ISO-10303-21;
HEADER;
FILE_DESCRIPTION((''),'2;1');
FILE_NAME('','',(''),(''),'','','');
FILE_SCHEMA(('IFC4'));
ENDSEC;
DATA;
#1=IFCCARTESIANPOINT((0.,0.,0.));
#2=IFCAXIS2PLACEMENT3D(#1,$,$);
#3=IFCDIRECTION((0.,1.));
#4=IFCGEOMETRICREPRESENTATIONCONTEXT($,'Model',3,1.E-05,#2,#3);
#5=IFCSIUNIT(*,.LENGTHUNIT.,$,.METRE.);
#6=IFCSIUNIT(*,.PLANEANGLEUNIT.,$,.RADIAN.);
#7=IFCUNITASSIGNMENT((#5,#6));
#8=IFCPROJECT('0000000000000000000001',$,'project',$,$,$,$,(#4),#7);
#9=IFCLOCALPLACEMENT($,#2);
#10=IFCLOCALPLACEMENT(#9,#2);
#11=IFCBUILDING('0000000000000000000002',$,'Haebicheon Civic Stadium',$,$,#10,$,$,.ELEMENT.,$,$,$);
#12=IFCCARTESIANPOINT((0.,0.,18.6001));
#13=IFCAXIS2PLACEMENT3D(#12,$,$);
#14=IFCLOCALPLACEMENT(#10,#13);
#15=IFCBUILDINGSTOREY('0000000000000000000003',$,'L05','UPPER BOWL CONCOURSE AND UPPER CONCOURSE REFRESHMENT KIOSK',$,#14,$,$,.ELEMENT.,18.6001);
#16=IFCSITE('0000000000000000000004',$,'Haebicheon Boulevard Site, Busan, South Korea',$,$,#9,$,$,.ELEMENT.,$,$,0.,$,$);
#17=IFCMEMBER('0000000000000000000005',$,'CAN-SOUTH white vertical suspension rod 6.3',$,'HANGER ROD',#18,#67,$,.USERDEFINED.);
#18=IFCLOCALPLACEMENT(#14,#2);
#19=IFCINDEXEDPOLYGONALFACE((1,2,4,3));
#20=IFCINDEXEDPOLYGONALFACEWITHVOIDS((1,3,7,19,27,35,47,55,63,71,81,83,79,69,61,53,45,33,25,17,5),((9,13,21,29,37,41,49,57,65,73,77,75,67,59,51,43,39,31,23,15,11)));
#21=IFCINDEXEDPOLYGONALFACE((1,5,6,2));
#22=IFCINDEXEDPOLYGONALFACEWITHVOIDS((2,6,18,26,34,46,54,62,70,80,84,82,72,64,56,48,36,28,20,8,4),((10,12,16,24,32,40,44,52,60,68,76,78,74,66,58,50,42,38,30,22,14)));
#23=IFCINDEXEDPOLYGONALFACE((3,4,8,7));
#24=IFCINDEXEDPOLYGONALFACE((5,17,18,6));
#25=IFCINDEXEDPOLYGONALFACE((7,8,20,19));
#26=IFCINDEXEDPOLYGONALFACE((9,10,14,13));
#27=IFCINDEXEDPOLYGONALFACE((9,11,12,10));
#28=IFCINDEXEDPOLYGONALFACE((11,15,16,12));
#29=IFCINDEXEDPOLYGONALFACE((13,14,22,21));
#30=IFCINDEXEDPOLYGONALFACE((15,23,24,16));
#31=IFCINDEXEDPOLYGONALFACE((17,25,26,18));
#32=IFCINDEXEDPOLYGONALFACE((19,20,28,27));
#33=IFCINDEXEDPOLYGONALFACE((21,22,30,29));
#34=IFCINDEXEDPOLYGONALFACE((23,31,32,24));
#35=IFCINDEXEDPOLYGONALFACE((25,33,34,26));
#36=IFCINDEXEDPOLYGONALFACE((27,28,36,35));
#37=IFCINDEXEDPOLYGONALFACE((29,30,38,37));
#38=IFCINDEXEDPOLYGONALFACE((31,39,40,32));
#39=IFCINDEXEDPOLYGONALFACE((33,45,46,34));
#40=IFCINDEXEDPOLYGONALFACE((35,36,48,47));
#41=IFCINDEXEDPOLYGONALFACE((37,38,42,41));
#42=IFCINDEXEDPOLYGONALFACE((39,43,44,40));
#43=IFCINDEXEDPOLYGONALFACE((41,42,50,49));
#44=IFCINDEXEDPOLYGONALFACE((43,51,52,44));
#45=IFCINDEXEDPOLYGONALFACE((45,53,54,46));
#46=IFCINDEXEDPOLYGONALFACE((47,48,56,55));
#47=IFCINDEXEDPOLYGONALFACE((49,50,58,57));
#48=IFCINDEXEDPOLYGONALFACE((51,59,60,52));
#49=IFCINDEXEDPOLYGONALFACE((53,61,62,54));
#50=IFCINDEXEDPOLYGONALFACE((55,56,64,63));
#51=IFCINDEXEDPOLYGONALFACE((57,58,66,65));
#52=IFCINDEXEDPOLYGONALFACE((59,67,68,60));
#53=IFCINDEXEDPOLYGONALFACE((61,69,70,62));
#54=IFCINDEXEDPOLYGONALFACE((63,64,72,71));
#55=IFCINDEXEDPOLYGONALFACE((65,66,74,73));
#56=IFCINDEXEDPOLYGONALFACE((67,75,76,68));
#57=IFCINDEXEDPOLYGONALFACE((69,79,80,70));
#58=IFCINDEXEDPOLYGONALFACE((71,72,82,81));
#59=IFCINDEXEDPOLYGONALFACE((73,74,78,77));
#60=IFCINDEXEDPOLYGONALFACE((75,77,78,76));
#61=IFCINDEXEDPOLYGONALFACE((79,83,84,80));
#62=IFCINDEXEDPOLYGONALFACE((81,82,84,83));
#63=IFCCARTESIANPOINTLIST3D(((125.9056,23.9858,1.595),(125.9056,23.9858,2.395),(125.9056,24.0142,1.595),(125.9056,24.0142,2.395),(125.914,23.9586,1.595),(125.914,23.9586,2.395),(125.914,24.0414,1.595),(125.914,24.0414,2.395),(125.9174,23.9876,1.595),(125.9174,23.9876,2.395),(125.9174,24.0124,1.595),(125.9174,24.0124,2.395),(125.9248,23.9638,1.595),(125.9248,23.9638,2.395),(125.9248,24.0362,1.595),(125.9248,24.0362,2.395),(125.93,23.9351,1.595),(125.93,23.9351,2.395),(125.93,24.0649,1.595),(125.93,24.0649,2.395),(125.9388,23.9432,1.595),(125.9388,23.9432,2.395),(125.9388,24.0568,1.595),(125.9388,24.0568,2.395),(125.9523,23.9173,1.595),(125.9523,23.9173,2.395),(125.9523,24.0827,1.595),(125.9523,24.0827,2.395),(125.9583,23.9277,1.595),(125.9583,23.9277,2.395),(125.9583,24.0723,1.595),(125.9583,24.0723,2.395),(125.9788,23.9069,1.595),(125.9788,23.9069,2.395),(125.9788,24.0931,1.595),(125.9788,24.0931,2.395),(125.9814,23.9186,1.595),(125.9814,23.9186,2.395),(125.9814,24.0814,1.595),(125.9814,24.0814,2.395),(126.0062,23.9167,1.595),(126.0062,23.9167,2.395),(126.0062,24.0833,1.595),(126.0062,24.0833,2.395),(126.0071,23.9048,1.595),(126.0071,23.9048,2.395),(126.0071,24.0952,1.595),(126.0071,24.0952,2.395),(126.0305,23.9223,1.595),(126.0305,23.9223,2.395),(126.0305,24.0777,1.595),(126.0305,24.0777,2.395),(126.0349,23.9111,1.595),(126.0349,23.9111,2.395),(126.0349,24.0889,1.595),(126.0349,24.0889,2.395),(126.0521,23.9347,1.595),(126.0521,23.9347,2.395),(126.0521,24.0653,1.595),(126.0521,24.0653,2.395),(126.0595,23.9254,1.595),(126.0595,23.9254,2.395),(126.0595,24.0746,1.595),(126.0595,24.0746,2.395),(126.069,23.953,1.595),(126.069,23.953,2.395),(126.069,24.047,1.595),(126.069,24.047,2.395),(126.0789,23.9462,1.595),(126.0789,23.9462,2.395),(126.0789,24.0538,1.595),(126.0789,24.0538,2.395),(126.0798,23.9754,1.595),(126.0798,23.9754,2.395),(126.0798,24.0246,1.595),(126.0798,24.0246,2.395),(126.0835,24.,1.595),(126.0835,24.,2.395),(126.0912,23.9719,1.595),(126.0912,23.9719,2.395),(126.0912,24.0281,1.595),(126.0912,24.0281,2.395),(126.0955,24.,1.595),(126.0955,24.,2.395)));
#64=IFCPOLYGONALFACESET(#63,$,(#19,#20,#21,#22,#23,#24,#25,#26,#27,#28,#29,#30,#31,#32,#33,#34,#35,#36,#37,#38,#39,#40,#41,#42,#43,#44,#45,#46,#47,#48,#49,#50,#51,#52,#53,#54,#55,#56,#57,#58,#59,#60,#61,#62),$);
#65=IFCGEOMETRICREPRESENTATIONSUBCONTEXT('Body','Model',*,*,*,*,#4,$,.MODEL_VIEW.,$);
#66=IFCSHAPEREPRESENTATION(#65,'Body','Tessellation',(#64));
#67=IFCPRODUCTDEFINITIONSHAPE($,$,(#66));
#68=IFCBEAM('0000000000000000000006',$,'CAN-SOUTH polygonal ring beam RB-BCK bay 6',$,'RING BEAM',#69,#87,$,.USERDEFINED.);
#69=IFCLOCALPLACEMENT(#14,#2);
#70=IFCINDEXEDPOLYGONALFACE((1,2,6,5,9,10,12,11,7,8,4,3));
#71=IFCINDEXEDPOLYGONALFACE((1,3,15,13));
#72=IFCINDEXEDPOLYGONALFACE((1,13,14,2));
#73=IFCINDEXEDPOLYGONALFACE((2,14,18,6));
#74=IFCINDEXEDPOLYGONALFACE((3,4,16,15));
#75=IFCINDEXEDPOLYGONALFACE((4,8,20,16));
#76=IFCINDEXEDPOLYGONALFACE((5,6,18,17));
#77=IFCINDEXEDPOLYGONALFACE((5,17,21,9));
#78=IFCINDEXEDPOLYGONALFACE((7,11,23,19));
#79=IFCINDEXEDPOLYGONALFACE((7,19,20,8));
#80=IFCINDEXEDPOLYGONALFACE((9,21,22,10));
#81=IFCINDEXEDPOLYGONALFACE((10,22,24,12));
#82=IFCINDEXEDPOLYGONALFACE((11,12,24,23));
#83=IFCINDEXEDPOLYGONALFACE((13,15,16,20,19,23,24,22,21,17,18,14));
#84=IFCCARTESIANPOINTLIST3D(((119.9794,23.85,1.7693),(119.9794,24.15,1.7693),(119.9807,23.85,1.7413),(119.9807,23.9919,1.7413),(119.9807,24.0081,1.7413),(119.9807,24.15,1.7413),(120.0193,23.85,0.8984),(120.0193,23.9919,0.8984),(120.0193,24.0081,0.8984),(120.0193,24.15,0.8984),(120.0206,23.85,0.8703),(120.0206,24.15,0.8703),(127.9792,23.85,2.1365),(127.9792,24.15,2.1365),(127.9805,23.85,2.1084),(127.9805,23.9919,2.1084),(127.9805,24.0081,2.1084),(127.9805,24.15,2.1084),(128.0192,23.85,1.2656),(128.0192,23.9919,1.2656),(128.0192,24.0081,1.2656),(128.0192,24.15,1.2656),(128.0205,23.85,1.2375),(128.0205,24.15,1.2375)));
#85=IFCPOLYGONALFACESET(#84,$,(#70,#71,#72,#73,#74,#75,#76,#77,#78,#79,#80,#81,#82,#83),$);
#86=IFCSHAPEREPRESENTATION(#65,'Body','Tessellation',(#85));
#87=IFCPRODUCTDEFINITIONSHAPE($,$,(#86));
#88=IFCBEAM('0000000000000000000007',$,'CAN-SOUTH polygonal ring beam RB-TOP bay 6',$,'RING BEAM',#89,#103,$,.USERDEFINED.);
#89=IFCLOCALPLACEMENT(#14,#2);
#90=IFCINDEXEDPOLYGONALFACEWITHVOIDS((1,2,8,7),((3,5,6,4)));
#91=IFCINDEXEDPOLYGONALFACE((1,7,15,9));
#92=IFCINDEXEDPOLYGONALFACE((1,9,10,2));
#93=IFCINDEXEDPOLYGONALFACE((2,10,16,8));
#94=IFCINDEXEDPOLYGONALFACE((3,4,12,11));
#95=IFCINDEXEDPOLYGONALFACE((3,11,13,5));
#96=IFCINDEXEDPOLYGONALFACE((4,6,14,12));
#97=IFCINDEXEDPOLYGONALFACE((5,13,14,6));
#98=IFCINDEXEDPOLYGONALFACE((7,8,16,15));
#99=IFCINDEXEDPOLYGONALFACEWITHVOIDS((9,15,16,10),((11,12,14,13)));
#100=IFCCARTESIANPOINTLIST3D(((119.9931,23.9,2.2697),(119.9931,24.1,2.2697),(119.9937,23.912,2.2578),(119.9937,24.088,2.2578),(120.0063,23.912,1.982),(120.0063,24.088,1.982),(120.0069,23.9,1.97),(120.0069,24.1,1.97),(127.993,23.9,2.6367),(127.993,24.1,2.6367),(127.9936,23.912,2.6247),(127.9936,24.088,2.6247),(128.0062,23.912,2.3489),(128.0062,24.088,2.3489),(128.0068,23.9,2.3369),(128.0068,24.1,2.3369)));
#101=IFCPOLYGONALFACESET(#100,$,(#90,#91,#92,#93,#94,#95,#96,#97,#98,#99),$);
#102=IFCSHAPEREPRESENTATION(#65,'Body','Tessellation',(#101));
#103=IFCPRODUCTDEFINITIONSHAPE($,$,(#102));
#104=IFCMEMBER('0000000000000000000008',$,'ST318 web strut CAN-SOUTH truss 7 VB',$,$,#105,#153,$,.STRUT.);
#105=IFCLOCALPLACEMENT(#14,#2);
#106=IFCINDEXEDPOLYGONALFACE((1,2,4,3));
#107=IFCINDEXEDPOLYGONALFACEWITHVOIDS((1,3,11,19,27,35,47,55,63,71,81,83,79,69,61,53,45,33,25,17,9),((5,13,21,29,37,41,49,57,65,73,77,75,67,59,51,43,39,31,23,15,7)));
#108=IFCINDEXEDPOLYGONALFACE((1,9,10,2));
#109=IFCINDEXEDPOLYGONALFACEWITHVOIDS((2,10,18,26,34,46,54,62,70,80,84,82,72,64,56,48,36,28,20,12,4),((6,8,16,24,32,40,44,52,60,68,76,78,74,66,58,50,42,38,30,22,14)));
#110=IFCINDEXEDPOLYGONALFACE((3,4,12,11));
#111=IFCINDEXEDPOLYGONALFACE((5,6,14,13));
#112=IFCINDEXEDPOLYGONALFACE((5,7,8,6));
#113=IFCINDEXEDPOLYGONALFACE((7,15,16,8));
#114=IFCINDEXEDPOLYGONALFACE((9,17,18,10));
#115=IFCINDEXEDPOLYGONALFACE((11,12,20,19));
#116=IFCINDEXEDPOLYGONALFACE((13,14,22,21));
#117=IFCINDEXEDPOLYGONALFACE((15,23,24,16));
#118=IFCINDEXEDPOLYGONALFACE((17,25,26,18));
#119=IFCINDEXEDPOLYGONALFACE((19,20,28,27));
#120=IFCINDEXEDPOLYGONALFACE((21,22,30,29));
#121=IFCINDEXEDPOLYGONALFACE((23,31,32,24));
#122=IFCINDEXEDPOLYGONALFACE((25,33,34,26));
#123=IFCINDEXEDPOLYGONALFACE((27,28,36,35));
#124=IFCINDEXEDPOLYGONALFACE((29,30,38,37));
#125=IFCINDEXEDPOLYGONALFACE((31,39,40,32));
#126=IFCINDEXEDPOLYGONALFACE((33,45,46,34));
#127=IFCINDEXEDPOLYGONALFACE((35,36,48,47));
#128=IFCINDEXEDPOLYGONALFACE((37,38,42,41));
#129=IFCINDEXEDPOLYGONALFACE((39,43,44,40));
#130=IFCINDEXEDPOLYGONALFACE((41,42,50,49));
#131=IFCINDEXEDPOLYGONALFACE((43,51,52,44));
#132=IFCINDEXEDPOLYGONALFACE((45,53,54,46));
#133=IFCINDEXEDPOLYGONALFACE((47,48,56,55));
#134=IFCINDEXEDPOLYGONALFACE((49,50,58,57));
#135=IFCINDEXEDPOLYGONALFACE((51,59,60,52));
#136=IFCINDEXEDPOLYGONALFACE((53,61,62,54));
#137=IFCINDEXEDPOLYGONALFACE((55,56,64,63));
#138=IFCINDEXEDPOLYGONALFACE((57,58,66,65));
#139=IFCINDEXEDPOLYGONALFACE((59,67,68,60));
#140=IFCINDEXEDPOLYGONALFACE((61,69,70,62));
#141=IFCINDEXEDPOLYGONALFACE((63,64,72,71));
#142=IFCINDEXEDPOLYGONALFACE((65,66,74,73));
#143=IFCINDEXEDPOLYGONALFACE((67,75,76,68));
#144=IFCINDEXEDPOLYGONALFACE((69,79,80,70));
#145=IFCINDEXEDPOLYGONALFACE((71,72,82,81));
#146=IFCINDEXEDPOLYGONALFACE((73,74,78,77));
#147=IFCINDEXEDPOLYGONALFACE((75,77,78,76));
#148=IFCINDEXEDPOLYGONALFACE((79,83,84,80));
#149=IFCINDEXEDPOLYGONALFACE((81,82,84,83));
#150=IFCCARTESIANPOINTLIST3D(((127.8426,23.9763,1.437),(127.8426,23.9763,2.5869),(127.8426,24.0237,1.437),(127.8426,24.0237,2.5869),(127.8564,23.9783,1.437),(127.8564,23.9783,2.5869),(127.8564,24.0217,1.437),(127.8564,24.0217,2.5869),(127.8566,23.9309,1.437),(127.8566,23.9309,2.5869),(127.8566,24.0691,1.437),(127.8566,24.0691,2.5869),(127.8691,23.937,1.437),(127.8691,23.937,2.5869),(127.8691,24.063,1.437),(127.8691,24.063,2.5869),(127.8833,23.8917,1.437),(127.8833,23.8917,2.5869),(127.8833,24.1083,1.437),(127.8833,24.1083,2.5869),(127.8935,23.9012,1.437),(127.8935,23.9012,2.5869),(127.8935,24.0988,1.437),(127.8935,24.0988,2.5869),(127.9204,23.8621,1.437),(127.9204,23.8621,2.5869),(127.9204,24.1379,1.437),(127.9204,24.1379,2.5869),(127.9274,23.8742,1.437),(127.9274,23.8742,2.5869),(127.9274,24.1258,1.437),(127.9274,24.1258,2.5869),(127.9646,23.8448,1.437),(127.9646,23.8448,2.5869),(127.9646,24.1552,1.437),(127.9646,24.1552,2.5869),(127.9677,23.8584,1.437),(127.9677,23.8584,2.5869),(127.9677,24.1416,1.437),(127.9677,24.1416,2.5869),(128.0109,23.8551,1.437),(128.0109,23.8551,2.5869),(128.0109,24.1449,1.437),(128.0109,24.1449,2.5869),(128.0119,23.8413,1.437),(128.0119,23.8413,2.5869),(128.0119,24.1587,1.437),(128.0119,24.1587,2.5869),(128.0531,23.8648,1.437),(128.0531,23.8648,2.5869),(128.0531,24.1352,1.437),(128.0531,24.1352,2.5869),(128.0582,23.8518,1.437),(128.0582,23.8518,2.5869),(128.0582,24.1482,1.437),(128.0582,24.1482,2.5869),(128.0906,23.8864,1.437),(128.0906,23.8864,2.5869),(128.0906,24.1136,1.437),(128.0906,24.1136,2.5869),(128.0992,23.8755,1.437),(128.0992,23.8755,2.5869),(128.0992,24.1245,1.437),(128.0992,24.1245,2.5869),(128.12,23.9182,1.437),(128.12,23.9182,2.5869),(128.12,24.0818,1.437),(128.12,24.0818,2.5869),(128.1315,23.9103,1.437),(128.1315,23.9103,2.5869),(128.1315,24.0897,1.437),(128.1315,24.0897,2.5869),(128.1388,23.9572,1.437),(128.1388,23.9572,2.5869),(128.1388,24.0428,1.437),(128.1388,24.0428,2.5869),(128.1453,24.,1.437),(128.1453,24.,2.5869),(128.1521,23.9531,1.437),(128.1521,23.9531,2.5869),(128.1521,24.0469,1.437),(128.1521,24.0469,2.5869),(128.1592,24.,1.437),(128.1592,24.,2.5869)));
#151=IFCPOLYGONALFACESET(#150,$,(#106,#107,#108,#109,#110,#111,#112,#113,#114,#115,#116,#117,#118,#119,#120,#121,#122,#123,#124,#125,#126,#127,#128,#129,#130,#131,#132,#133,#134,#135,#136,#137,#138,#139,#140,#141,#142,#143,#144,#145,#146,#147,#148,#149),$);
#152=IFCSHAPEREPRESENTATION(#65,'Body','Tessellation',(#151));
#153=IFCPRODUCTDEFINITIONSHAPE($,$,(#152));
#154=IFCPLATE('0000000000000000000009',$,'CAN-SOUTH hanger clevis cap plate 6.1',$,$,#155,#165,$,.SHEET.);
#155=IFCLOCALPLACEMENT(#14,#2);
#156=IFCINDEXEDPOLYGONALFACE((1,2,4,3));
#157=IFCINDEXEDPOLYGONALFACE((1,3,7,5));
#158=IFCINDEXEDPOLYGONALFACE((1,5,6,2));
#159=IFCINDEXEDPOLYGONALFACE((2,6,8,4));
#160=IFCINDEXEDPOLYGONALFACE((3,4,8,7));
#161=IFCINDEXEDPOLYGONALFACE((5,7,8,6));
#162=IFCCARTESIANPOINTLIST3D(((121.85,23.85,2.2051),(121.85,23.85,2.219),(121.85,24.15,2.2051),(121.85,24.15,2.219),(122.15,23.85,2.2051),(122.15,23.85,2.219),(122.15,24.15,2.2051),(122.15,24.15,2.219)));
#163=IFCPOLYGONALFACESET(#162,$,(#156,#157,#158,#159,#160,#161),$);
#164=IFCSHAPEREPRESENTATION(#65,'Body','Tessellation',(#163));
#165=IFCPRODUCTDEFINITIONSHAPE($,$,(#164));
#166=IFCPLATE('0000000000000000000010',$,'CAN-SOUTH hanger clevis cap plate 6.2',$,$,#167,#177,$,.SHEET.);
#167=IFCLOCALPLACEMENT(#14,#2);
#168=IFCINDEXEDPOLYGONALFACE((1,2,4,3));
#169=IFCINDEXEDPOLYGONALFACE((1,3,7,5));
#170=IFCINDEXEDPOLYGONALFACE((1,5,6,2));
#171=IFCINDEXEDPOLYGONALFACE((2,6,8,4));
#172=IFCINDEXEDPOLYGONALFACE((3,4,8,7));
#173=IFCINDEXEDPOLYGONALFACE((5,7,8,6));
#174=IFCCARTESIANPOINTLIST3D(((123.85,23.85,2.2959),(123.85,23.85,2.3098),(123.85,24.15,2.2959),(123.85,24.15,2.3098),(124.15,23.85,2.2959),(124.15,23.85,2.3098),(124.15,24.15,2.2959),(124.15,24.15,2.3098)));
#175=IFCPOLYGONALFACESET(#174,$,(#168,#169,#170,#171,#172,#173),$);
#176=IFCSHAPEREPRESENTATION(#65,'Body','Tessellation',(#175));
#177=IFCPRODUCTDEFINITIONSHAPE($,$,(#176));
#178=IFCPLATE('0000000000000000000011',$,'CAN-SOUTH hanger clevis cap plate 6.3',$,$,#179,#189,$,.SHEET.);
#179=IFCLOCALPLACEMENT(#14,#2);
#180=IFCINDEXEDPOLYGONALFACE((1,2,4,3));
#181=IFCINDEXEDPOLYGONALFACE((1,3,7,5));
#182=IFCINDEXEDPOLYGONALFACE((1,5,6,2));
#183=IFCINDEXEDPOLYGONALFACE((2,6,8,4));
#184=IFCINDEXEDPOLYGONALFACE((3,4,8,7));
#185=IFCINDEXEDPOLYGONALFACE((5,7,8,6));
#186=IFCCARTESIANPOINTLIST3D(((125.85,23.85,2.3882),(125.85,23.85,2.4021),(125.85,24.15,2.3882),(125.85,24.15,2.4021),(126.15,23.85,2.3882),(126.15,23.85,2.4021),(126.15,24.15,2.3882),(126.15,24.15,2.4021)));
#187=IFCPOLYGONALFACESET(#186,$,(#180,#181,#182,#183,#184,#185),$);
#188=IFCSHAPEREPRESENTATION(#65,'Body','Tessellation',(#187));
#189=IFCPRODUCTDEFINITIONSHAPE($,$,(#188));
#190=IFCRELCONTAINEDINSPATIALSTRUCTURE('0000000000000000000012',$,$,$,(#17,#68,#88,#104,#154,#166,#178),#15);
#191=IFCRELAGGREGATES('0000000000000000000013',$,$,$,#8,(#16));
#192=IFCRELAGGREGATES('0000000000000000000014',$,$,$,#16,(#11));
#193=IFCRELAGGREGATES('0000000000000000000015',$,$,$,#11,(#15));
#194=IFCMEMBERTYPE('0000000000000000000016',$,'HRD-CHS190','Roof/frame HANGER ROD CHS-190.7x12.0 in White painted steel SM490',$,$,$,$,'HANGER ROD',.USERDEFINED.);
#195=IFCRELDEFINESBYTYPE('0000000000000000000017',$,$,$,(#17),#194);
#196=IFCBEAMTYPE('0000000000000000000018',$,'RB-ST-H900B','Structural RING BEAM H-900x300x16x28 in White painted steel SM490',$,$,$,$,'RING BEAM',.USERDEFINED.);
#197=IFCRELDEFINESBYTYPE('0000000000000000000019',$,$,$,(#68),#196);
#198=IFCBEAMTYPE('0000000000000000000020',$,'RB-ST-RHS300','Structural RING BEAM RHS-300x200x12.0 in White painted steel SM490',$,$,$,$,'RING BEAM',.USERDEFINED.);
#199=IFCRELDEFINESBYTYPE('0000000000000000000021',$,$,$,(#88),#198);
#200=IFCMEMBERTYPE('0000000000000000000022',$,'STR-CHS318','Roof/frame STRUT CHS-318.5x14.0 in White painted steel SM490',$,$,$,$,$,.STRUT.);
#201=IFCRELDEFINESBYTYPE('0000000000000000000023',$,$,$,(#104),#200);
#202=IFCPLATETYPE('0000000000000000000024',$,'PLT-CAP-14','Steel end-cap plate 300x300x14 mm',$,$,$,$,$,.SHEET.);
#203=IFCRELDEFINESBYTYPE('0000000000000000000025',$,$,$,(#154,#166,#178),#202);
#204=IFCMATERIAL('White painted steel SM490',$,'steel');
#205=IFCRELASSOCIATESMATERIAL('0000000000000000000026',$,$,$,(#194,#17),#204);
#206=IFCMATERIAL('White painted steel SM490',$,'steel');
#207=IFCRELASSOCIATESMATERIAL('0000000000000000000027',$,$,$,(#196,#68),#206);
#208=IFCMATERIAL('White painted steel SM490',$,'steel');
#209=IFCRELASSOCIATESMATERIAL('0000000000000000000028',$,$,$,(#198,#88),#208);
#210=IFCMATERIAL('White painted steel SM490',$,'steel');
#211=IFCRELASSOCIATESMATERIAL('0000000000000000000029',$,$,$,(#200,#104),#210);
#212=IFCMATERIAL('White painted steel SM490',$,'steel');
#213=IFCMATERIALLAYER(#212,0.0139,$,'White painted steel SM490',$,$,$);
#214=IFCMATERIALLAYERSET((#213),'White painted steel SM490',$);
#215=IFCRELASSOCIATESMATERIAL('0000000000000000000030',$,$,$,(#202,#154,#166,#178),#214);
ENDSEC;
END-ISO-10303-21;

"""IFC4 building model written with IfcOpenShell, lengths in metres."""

from ifc_helpers import new_model, si_unit, direction, frame, origin, origin_2d, place, context, subcontext, project, spatial, rectangle, hollow_rectangle, hollow_circle, i_section, extrude, material, layer, layer_set, material_profile, profile_set, type_object, element, save


model = new_model("IFC4")

# Units and contexts
model_context = context("Model", 3, precision=1e-05, world=origin(), true_north=direction((0.0, 1.0)))
body_context = subcontext(model_context, "Body", "Model", "MODEL_VIEW")
ifc_project = project(units=[si_unit("LENGTHUNIT", "METRE"), si_unit("PLANEANGLEUNIT", "RADIAN")], contexts=[model_context])

# Site, building, storey
site_placement = place(None, origin())
site = spatial("IfcSite", under=ifc_project, at=site_placement, Name="Haebicheon Boulevard Site, Busan, South Korea", CompositionType="ELEMENT", RefElevation=0.0)
building_placement = place(site_placement, origin())
building = spatial("IfcBuilding", under=site, at=building_placement, Name="Haebicheon Civic Stadium", CompositionType="ELEMENT")
storey_placement = place(building_placement, frame((0.0, 0.0, 18.6001)))
storey = spatial("IfcBuildingStorey", under=building, at=storey_placement, Name="L05", Description="UPPER BOWL CONCOURSE AND UPPER CONCOURSE REFRESHMENT KIOSK", CompositionType="ELEMENT", Elevation=18.6001)

# Member
ifc_material_1 = material(Name="White painted steel SM490", Category="steel")
ifc_material_profile_1 = material_profile(ifc_material_1, hollow_circle(Radius=0.0955, WallThickness=0.012, at=origin_2d()), Name="CHS-190.7x12.0")
ifc_profile_set_1 = profile_set([ifc_material_profile_1], Name="White painted steel SM490")
member_type_1 = type_object("IfcMemberType", Name="HRD-CHS190", Description="Roof/frame HANGER ROD CHS-190.7x12.0 in White painted steel SM490", ElementType="HANGER ROD", PredefinedType="USERDEFINED", material=ifc_profile_set_1)
for number, where, z_axis, x_axis, name in (
    (1, (126.0, 24.0, 1.595), (0.0, 0.0, 1.0), (1.0, 0.0, 0.0), "CAN-SOUTH white vertical suspension rod 6.3"),
):
    element("IfcMember", number, at=place(storey_placement, frame(where, z_axis=z_axis, x_axis=x_axis)), inside=storey, type_object=member_type_1, material=ifc_profile_set_1, Name=name, ObjectType="HANGER ROD", PredefinedType="USERDEFINED", context=body_context, shape_type="SweptSolid", body=[
        extrude(hollow_circle(Radius=0.0955, WallThickness=0.012, at=origin_2d()), origin(), (0.0, 0.0, 1.0), 0.8),
    ])

# Beams
ifc_material_2 = material(Name="White painted steel SM490", Category="steel")
ifc_material_profile_2 = material_profile(ifc_material_2, i_section(OverallWidth=0.3, OverallDepth=0.8999, WebThickness=0.0161, FlangeThickness=0.0281, at=origin_2d()), Name="H-900x300x16x28")
ifc_profile_set_2 = profile_set([ifc_material_profile_2], Name="White painted steel SM490")
beam_type_1 = type_object("IfcBeamType", Name="RB-ST-H900B", Description="Structural RING BEAM H-900x300x16x28 in White painted steel SM490", ElementType="RING BEAM", PredefinedType="USERDEFINED", material=ifc_profile_set_2)
beam_1_placement = place(storey_placement, frame((120.0, 24.0, 1.3198), z_axis=(0.998948, 0.0, 0.04585), x_axis=(0.0, 1.0, 0.0)))
element("IfcBeam", 2, at=beam_1_placement, inside=storey, type_object=beam_type_1, material=ifc_profile_set_2, Name="CAN-SOUTH polygonal ring beam RB-BCK bay 6", ObjectType="RING BEAM", PredefinedType="USERDEFINED", context=body_context, shape_type="SweptSolid", body=[
    extrude(i_section(OverallWidth=0.3, OverallDepth=0.8999, WebThickness=0.0161, FlangeThickness=0.0281, at=origin_2d()), origin(), (0.0, 0.0, 1.0), 8.0083),
])
ifc_material_3 = material(Name="White painted steel SM490", Category="steel")
ifc_material_profile_3 = material_profile(ifc_material_3, hollow_rectangle(XDim=0.2, YDim=0.3, WallThickness=0.012, at=origin_2d()), Name="RHS-300x200x12.0")
ifc_profile_set_3 = profile_set([ifc_material_profile_3], Name="White painted steel SM490")
beam_type_2 = type_object("IfcBeamType", Name="RB-ST-RHS300", Description="Structural RING BEAM RHS-300x200x12.0 in White painted steel SM490", ElementType="RING BEAM", PredefinedType="USERDEFINED", material=ifc_profile_set_3)
beam_2_placement = place(storey_placement, frame((120.0, 24.0, 2.1199), z_axis=(0.99895, 0.0, 0.04582), x_axis=(0.0, 1.0, 0.0)))
element("IfcBeam", 3, at=beam_2_placement, inside=storey, type_object=beam_type_2, material=ifc_profile_set_3, Name="CAN-SOUTH polygonal ring beam RB-TOP bay 6", ObjectType="RING BEAM", PredefinedType="USERDEFINED", context=body_context, shape_type="SweptSolid", body=[
    extrude(hollow_rectangle(XDim=0.2, YDim=0.3, WallThickness=0.012, at=origin_2d()), origin(), (0.0, 0.0, 1.0), 8.0083),
])

# Member
ifc_material_4 = material(Name="White painted steel SM490", Category="steel")
ifc_material_profile_4 = material_profile(ifc_material_4, hollow_circle(Radius=0.1592, WallThickness=0.0139, at=origin_2d()), Name="CHS-318.5x14.0")
ifc_profile_set_4 = profile_set([ifc_material_profile_4], Name="White painted steel SM490")
member_type_2 = type_object("IfcMemberType", Name="STR-CHS318", Description="Roof/frame STRUT CHS-318.5x14.0 in White painted steel SM490", PredefinedType="STRUT", material=ifc_profile_set_4)
member_1_placement = place(storey_placement, frame((128.0, 24.0, 1.437), z_axis=(0.0, 0.0, 1.0), x_axis=(1.0, 0.0, 0.0)))
element("IfcMember", 4, at=member_1_placement, inside=storey, type_object=member_type_2, material=ifc_profile_set_4, Name="ST318 web strut CAN-SOUTH truss 7 VB", PredefinedType="STRUT", context=body_context, shape_type="SweptSolid", body=[
    extrude(hollow_circle(Radius=0.1592, WallThickness=0.0139, at=origin_2d()), origin(), (0.0, 0.0, 1.0), 1.1499),
])

# Plates
ifc_material_5 = material(Name="White painted steel SM490", Category="steel")
ifc_layer_1 = layer(ifc_material_5, 0.0139, Name="White painted steel SM490")
ifc_layer_set_1 = layer_set([ifc_layer_1], Name="White painted steel SM490")
plate_type = type_object("IfcPlateType", Name="PLT-CAP-14", Description="Steel end-cap plate 300x300x14 mm", PredefinedType="SHEET", material=ifc_layer_set_1)
for number, where, z_axis, x_axis, name in (
    (5, (122.0, 24.0, 2.2051), (0.0, 0.0, 1.0), (1.0, 0.0, 0.0), "CAN-SOUTH hanger clevis cap plate 6.1"),
    (6, (124.0, 24.0, 2.2959), (0.0, 0.0, 1.0), (1.0, 0.0, 0.0), "CAN-SOUTH hanger clevis cap plate 6.2"),
    (7, (126.0, 24.0, 2.3882), (0.0, 0.0, 1.0), (1.0, 0.0, 0.0), "CAN-SOUTH hanger clevis cap plate 6.3"),
):
    element("IfcPlate", number, at=place(storey_placement, frame(where, z_axis=z_axis, x_axis=x_axis)), inside=storey, type_object=plate_type, material=ifc_layer_set_1, Name=name, PredefinedType="SHEET", context=body_context, shape_type="SweptSolid", body=[
        extrude(rectangle(XDim=0.3, YDim=0.3, at=origin_2d()), origin(), (0.0, 0.0, 1.0), 0.0139),
    ])

save(model, "model.ifc")
